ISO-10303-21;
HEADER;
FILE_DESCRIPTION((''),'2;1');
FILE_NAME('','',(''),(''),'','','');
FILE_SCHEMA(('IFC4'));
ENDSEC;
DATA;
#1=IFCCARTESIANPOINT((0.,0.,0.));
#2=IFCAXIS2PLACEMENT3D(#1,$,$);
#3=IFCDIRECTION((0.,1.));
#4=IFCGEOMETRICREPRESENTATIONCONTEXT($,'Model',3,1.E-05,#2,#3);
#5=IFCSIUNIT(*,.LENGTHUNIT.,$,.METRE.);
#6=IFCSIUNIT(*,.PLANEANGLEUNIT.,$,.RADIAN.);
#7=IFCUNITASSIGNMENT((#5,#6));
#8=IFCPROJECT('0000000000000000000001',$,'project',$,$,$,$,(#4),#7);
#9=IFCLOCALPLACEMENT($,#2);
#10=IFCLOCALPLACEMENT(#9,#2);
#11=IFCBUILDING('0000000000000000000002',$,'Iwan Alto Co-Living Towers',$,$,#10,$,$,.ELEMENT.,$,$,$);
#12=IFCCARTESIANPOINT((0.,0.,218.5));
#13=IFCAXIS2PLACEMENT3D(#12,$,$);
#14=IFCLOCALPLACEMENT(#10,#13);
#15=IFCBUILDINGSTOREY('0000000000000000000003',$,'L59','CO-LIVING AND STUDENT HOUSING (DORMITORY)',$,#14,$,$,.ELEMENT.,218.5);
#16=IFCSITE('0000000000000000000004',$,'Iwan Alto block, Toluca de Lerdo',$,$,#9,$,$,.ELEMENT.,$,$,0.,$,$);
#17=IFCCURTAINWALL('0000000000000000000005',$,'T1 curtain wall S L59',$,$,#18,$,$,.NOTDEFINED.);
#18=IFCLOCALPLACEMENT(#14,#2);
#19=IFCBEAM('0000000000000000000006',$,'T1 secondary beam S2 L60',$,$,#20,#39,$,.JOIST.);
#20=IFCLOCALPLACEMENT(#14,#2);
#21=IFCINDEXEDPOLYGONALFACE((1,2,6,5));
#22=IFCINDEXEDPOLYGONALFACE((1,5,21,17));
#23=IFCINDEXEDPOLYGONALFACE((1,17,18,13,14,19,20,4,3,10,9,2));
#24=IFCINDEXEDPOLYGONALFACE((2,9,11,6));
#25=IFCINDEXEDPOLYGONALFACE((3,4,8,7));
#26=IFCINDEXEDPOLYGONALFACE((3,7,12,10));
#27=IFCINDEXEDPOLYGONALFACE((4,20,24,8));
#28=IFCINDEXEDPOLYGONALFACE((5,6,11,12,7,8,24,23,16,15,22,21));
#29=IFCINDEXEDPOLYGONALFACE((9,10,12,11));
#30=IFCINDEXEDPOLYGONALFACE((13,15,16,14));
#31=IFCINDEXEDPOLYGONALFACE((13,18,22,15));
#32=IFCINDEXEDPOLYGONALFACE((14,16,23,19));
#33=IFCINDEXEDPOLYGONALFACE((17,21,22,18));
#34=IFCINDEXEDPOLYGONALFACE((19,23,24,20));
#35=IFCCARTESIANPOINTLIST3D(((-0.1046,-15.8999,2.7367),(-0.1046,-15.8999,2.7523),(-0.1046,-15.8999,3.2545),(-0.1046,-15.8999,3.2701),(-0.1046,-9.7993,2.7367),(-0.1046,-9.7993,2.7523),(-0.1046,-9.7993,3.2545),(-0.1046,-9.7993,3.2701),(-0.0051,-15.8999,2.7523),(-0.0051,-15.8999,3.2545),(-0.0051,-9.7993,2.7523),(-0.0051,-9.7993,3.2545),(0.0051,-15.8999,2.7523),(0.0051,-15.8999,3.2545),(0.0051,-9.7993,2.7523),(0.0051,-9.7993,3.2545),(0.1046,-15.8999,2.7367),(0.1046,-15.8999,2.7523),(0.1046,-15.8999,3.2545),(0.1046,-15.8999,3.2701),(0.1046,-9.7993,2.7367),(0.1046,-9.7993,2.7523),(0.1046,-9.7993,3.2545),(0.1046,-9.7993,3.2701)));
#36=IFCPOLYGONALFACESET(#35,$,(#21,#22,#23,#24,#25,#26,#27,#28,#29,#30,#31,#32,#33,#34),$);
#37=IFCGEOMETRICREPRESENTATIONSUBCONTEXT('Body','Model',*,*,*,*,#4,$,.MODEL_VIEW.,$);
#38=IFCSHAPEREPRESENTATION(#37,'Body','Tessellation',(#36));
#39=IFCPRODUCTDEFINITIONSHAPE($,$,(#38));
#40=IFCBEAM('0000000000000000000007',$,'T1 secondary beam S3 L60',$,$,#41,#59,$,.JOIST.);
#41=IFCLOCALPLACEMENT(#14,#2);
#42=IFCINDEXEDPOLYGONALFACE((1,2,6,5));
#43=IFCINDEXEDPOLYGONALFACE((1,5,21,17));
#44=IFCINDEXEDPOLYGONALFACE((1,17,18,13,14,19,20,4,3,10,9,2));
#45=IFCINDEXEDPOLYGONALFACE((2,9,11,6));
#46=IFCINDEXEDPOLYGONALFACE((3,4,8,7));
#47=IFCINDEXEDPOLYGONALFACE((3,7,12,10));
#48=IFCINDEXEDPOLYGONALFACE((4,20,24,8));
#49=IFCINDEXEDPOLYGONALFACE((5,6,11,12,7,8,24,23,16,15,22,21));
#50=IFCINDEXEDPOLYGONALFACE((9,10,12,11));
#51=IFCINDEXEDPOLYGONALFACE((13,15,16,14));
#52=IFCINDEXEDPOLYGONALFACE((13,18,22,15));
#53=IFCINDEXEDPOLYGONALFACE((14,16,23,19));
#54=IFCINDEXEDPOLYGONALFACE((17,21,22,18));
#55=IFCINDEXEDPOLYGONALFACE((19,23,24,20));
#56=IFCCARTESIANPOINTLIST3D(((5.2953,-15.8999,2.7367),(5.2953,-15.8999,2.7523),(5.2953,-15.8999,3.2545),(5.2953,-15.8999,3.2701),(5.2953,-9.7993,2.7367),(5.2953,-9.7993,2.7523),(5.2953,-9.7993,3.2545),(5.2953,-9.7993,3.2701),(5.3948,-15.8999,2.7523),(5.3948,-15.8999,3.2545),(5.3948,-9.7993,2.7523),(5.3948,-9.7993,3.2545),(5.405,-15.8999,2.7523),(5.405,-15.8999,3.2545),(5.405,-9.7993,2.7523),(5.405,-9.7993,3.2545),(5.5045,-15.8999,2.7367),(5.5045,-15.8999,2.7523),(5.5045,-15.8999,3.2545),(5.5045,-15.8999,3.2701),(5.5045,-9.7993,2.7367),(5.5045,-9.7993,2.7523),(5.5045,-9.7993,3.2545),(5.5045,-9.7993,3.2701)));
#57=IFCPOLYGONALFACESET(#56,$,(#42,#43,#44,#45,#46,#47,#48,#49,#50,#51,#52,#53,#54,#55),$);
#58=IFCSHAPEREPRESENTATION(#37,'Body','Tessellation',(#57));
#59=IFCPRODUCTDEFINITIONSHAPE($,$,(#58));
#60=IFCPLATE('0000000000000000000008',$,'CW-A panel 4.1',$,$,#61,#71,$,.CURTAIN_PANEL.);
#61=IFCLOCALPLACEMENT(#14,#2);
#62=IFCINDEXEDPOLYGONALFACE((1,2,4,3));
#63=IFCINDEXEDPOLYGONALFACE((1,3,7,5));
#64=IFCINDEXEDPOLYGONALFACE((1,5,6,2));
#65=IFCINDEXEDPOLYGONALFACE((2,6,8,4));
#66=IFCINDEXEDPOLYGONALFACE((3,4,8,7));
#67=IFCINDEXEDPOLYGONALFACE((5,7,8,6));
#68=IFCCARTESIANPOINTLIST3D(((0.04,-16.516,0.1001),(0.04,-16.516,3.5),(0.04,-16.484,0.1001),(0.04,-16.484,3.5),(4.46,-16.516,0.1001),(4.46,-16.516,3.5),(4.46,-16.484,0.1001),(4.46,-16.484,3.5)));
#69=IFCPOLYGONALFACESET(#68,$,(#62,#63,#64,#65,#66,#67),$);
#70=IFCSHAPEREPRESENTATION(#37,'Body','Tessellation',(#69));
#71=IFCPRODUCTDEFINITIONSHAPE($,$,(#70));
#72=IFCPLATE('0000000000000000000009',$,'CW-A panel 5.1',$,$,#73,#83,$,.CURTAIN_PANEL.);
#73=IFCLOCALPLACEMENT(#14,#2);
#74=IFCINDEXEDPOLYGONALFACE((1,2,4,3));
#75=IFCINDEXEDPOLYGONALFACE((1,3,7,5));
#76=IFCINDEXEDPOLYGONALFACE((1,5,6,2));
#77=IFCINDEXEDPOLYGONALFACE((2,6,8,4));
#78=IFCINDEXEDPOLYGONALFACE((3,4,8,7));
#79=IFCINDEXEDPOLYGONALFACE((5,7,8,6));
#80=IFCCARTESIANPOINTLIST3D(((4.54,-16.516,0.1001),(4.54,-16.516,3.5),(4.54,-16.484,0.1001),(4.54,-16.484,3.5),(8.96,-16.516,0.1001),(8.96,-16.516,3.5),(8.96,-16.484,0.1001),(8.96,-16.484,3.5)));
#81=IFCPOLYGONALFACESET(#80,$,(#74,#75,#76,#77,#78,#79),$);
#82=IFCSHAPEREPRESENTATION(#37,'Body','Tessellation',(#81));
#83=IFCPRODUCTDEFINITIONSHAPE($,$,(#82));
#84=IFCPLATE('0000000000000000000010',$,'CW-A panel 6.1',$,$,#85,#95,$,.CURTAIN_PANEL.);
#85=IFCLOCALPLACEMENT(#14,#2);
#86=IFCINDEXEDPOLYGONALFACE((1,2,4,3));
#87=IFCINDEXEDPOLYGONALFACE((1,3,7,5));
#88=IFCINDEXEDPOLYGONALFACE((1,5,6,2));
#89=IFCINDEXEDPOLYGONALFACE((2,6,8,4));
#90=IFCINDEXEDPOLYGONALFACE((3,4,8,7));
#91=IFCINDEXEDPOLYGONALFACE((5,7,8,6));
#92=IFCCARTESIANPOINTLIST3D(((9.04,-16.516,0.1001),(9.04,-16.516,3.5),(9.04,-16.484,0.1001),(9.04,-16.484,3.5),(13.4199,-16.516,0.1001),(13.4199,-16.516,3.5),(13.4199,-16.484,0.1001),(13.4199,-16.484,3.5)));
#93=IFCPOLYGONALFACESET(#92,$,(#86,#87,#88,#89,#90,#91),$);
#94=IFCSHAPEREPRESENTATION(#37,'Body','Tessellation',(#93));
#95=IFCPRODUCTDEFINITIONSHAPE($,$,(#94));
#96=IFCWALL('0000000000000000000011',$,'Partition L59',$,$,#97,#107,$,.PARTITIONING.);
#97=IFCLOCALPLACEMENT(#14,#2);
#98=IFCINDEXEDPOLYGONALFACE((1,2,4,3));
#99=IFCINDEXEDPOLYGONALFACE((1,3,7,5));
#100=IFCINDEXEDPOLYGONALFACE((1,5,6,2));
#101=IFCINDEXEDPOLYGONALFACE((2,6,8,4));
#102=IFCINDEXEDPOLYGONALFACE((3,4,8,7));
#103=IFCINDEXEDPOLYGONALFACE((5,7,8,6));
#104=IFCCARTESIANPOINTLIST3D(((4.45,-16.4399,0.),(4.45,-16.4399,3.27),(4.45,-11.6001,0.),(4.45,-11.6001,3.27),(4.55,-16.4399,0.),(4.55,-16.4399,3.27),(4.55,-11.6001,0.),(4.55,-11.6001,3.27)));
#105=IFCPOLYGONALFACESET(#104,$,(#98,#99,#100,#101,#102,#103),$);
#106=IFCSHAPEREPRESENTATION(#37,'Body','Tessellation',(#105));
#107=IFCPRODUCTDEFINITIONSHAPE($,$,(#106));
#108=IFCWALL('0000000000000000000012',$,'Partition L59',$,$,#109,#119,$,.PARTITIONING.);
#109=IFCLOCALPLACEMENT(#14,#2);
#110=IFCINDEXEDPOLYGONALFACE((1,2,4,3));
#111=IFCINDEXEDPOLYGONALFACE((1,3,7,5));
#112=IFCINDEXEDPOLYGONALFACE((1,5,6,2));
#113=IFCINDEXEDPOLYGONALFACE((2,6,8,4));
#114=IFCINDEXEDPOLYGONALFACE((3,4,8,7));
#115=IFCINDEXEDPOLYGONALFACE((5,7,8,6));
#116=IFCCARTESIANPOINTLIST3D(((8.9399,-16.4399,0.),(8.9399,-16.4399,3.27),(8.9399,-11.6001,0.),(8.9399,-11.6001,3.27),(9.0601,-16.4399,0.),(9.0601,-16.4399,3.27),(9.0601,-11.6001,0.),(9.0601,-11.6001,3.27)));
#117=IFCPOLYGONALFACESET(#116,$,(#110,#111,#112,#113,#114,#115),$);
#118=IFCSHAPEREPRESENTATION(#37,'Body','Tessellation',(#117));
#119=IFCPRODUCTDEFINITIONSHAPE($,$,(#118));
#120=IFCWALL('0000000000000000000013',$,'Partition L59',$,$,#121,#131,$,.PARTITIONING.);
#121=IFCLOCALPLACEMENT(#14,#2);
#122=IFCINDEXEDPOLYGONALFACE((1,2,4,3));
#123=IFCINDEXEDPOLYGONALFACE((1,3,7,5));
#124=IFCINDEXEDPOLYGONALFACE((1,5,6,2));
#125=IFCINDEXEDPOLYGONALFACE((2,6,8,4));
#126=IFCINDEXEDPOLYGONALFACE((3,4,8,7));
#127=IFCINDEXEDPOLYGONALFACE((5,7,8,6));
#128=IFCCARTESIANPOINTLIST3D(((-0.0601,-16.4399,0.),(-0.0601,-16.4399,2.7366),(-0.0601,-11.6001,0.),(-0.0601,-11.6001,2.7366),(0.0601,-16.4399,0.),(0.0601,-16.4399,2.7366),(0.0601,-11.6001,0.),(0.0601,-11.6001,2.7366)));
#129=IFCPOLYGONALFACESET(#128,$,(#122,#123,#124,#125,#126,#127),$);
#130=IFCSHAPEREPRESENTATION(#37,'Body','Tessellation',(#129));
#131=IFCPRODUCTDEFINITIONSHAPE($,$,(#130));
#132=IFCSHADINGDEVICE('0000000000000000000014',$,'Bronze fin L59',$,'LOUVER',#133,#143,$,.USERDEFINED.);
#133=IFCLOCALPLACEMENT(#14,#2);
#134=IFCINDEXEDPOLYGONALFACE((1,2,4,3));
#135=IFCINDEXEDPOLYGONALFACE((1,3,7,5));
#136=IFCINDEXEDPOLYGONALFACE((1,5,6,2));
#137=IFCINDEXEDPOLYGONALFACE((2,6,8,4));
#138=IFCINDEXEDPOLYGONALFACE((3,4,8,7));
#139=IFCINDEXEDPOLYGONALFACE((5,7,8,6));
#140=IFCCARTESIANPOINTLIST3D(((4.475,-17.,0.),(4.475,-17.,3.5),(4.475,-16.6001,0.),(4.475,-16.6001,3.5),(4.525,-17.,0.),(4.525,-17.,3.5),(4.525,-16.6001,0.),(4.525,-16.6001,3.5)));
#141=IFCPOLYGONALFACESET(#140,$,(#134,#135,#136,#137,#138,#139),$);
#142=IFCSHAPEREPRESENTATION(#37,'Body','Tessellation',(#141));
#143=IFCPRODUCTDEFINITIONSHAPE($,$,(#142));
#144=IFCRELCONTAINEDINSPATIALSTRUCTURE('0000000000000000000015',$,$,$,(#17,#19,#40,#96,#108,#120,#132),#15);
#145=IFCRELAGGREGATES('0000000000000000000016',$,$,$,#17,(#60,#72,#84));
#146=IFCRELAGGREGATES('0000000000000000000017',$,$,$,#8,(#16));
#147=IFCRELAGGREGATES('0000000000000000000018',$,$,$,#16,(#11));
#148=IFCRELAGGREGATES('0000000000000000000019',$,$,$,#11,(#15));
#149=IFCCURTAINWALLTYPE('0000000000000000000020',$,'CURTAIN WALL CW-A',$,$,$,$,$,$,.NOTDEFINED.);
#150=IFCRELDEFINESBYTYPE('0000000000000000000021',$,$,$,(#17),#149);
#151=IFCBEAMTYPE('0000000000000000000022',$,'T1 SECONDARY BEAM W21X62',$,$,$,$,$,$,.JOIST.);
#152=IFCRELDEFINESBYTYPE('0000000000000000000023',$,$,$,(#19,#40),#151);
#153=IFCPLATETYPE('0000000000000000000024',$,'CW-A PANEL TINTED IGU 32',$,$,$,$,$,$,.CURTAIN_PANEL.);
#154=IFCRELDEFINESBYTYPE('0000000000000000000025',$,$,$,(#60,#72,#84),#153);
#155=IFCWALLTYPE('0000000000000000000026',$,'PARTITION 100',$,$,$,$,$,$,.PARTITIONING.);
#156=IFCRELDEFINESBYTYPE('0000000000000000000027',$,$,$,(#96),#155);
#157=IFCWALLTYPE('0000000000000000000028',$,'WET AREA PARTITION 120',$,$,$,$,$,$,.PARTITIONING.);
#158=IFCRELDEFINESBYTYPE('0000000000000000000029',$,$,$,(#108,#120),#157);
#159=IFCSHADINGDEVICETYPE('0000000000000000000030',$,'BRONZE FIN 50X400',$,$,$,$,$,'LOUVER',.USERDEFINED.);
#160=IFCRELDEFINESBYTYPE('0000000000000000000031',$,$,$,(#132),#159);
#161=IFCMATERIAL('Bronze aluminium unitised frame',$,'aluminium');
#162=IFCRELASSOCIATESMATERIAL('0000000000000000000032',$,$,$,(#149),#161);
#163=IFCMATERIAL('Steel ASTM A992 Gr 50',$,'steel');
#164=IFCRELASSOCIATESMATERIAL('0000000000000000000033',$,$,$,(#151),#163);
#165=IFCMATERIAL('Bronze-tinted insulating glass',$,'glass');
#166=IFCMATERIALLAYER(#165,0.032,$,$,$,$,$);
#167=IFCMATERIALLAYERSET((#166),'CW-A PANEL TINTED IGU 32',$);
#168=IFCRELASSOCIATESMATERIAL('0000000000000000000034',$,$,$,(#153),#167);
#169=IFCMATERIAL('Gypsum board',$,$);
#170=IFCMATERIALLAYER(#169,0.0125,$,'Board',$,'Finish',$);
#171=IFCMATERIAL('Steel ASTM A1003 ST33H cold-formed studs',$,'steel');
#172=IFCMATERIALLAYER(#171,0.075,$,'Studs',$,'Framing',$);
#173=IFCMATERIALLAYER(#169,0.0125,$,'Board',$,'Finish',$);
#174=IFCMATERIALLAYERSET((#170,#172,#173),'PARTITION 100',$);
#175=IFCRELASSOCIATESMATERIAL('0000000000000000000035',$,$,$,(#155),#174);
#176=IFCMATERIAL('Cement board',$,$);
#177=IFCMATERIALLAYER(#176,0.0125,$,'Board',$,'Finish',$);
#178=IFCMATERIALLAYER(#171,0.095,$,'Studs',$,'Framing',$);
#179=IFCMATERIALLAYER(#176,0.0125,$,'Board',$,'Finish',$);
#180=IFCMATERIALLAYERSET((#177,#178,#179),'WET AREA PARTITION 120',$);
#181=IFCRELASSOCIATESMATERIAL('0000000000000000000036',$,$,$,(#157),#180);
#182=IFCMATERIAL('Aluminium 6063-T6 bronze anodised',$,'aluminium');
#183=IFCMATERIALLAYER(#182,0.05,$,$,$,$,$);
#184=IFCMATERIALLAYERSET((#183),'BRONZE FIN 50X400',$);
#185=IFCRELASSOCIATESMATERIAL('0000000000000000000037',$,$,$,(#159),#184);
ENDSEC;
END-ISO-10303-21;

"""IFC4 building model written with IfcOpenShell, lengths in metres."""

from ifc_helpers import new_model, si_unit, direction, frame, frame_2d, origin, origin_2d, place, context, subcontext, project, spatial, rectangle, i_section, extrude, material, layer, layer_set, material_profile, profile_set, type_object, element, aggregate, save


model = new_model("IFC4")

# Units and contexts
model_context = context("Model", 3, precision=1e-05, world=origin(), true_north=direction((0.0, 1.0)))
body_context = subcontext(model_context, "Body", "Model", "MODEL_VIEW")
ifc_project = project(units=[si_unit("LENGTHUNIT", "METRE"), si_unit("PLANEANGLEUNIT", "RADIAN")], contexts=[model_context])

# Site, building, storey
site_placement = place(None, origin())
site = spatial("IfcSite", under=ifc_project, at=site_placement, Name="Iwan Alto block, Toluca de Lerdo", CompositionType="ELEMENT", RefElevation=0.0)
building_placement = place(site_placement, origin())
building = spatial("IfcBuilding", under=site, at=building_placement, Name="Iwan Alto Co-Living Towers", CompositionType="ELEMENT")
storey_placement = place(building_placement, frame((0.0, 0.0, 218.5)))
storey = spatial("IfcBuildingStorey", under=building, at=storey_placement, Name="L59", Description="CO-LIVING AND STUDENT HOUSING (DORMITORY)", CompositionType="ELEMENT", Elevation=218.5)

# Curtain wall
ifc_material_1 = material(Name="Bronze aluminium unitised frame", Category="aluminium")
curtain_wall_type = type_object("IfcCurtainWallType", Name="CURTAIN WALL CW-A", PredefinedType="NOTDEFINED", material=ifc_material_1)
curtain_wall_placement = place(storey_placement, origin())
curtain_wall = element("IfcCurtainWall", 1, at=curtain_wall_placement, inside=storey, type_object=curtain_wall_type, Name="T1 curtain wall S L59", PredefinedType="NOTDEFINED")

# Beams
ifc_material_2 = material(Name="Steel ASTM A992 Gr 50", Category="steel")
ifc_material_profile_1 = material_profile(ifc_material_2, i_section(OverallWidth=0.2092, OverallDepth=0.5334, WebThickness=0.0103, FlangeThickness=0.0156, at=origin_2d()), Name="W21X62")
ifc_profile_set_1 = profile_set([ifc_material_profile_1], Name="Steel ASTM A992 Gr 50")
beam_type_1 = type_object("IfcBeamType", Name="T1 SECONDARY BEAM W21X62", PredefinedType="JOIST", material=ifc_profile_set_1)
for number, where, z_axis, x_axis, name in (
    (2, (0.0, -15.8999, 3.0034), (0.0, 1.0, 0.0), (-1.0, 0.0, 0.0), "T1 secondary beam S2 L60"),
    (3, (5.3999, -15.8999, 3.0034), (0.0, 1.0, 0.0), (-1.0, 0.0, 0.0), "T1 secondary beam S3 L60"),
):
    element("IfcBeam", number, at=place(storey_placement, frame(where, z_axis=z_axis, x_axis=x_axis)), inside=storey, type_object=beam_type_1, Name=name, PredefinedType="JOIST", context=body_context, shape_type="SweptSolid", body=[
        extrude(i_section(OverallWidth=0.2092, OverallDepth=0.5334, WebThickness=0.0103, FlangeThickness=0.0156, at=origin_2d()), origin(), (0.0, 0.0, 1.0), 6.1006),
    ])

# Plates
ifc_material_3 = material(Name="Bronze-tinted insulating glass", Category="glass")
ifc_layer_1 = layer(ifc_material_3, 0.032)
ifc_layer_set_1 = layer_set([ifc_layer_1], Name="CW-A PANEL TINTED IGU 32")
plate_type = type_object("IfcPlateType", Name="CW-A PANEL TINTED IGU 32", PredefinedType="CURTAIN_PANEL", material=ifc_layer_set_1)
plate_1_placement = place(storey_placement, frame((2.25, -16.5, 0.1001), z_axis=(0.0, 0.0, 1.0), x_axis=(1.0, 0.0, 0.0)))
plate_1 = element("IfcPlate", 4, at=plate_1_placement, type_object=plate_type, Name="CW-A panel 4.1", PredefinedType="CURTAIN_PANEL", context=body_context, shape_type="SweptSolid", body=[
    extrude(rectangle(XDim=4.4199, YDim=0.032, at=origin_2d()), origin(), (0.0, 0.0, 1.0), 3.3999),
])
plate_2_placement = place(storey_placement, frame((6.75, -16.5, 0.1001), z_axis=(0.0, 0.0, 1.0), x_axis=(1.0, 0.0, 0.0)))
plate_2 = element("IfcPlate", 5, at=plate_2_placement, type_object=plate_type, Name="CW-A panel 5.1", PredefinedType="CURTAIN_PANEL", context=body_context, shape_type="SweptSolid", body=[
    extrude(rectangle(XDim=4.4199, YDim=0.032, at=origin_2d()), origin(), (0.0, 0.0, 1.0), 3.3999),
])
plate_3_placement = place(storey_placement, frame((11.23, -16.5, 0.1001), z_axis=(0.0, 0.0, 1.0), x_axis=(1.0, 0.0, 0.0)))
plate_3 = element("IfcPlate", 6, at=plate_3_placement, type_object=plate_type, Name="CW-A panel 6.1", PredefinedType="CURTAIN_PANEL", context=body_context, shape_type="SweptSolid", body=[
    extrude(rectangle(XDim=4.3799, YDim=0.032, at=origin_2d()), origin(), (0.0, 0.0, 1.0), 3.3999),
])
aggregate(curtain_wall, [plate_1, plate_2, plate_3])

# Walls
ifc_material_4 = material(Name="Gypsum board")
ifc_layer_2 = layer(ifc_material_4, 0.0125, Name="Board", Category="Finish")
ifc_material_5 = material(Name="Steel ASTM A1003 ST33H cold-formed studs", Category="steel")
ifc_layer_3 = layer(ifc_material_5, 0.075, Name="Studs", Category="Framing")
ifc_layer_4 = layer(ifc_material_4, 0.0125, Name="Board", Category="Finish")
ifc_layer_set_2 = layer_set([ifc_layer_2, ifc_layer_3, ifc_layer_4], Name="PARTITION 100")
wall_type_1 = type_object("IfcWallType", Name="PARTITION 100", PredefinedType="PARTITIONING", material=ifc_layer_set_2)
wall_1_placement = place(storey_placement, frame((4.5, -16.4399, 0.0), z_axis=(0.0, 0.0, 1.0), x_axis=(0.0, 1.0, 0.0)))
element("IfcWall", 7, at=wall_1_placement, inside=storey, type_object=wall_type_1, Name="Partition L59", PredefinedType="PARTITIONING", context=body_context, shape_type="SweptSolid", body=[
    extrude(rectangle(XDim=4.8398, YDim=0.1001, at=frame_2d((2.4199, 0.0))), origin(), (0.0, 0.0, 1.0), 3.27),
])
ifc_material_6 = material(Name="Cement board")
ifc_layer_5 = layer(ifc_material_6, 0.0125, Name="Board", Category="Finish")
ifc_layer_6 = layer(ifc_material_5, 0.095, Name="Studs", Category="Framing")
ifc_layer_7 = layer(ifc_material_6, 0.0125, Name="Board", Category="Finish")
ifc_layer_set_3 = layer_set([ifc_layer_5, ifc_layer_6, ifc_layer_7], Name="WET AREA PARTITION 120")
wall_type_2 = type_object("IfcWallType", Name="WET AREA PARTITION 120", PredefinedType="PARTITIONING", material=ifc_layer_set_3)
wall_2_placement = place(storey_placement, frame((9.0, -16.4399, 0.0), z_axis=(0.0, 0.0, 1.0), x_axis=(0.0, 1.0, 0.0)))
element("IfcWall", 8, at=wall_2_placement, inside=storey, type_object=wall_type_2, Name="Partition L59", PredefinedType="PARTITIONING", context=body_context, shape_type="SweptSolid", body=[
    extrude(rectangle(XDim=4.8398, YDim=0.1201, at=frame_2d((2.4199, 0.0))), origin(), (0.0, 0.0, 1.0), 3.27),
])
wall_3_placement = place(storey_placement, frame((0.0, -16.4399, 0.0), z_axis=(0.0, 0.0, 1.0), x_axis=(0.0, 1.0, 0.0)))
element("IfcWall", 9, at=wall_3_placement, inside=storey, type_object=wall_type_2, Name="Partition L59", PredefinedType="PARTITIONING", context=body_context, shape_type="SweptSolid", body=[
    extrude(rectangle(XDim=4.8398, YDim=0.1201, at=frame_2d((2.4199, 0.0))), origin(), (0.0, 0.0, 1.0), 2.7366),
])

# Shading device
ifc_material_7 = material(Name="Aluminium 6063-T6 bronze anodised", Category="aluminium")
ifc_layer_8 = layer(ifc_material_7, 0.05)
ifc_layer_set_4 = layer_set([ifc_layer_8], Name="BRONZE FIN 50X400")
shading_device_type = type_object("IfcShadingDeviceType", Name="BRONZE FIN 50X400", ElementType="LOUVER", PredefinedType="USERDEFINED", material=ifc_layer_set_4)
shading_device_placement = place(storey_placement, frame((4.5, -16.8, 0.0), z_axis=(0.0, 0.0, 1.0), x_axis=(1.0, 0.0, 0.0)))
element("IfcShadingDevice", 10, at=shading_device_placement, inside=storey, type_object=shading_device_type, Name="Bronze fin L59", ObjectType="LOUVER", PredefinedType="USERDEFINED", context=body_context, shape_type="SweptSolid", body=[
    extrude(rectangle(XDim=0.05, YDim=0.3999, at=origin_2d()), origin(), (0.0, 0.0, 1.0), 3.5),
])

save(model, "model.ifc")
